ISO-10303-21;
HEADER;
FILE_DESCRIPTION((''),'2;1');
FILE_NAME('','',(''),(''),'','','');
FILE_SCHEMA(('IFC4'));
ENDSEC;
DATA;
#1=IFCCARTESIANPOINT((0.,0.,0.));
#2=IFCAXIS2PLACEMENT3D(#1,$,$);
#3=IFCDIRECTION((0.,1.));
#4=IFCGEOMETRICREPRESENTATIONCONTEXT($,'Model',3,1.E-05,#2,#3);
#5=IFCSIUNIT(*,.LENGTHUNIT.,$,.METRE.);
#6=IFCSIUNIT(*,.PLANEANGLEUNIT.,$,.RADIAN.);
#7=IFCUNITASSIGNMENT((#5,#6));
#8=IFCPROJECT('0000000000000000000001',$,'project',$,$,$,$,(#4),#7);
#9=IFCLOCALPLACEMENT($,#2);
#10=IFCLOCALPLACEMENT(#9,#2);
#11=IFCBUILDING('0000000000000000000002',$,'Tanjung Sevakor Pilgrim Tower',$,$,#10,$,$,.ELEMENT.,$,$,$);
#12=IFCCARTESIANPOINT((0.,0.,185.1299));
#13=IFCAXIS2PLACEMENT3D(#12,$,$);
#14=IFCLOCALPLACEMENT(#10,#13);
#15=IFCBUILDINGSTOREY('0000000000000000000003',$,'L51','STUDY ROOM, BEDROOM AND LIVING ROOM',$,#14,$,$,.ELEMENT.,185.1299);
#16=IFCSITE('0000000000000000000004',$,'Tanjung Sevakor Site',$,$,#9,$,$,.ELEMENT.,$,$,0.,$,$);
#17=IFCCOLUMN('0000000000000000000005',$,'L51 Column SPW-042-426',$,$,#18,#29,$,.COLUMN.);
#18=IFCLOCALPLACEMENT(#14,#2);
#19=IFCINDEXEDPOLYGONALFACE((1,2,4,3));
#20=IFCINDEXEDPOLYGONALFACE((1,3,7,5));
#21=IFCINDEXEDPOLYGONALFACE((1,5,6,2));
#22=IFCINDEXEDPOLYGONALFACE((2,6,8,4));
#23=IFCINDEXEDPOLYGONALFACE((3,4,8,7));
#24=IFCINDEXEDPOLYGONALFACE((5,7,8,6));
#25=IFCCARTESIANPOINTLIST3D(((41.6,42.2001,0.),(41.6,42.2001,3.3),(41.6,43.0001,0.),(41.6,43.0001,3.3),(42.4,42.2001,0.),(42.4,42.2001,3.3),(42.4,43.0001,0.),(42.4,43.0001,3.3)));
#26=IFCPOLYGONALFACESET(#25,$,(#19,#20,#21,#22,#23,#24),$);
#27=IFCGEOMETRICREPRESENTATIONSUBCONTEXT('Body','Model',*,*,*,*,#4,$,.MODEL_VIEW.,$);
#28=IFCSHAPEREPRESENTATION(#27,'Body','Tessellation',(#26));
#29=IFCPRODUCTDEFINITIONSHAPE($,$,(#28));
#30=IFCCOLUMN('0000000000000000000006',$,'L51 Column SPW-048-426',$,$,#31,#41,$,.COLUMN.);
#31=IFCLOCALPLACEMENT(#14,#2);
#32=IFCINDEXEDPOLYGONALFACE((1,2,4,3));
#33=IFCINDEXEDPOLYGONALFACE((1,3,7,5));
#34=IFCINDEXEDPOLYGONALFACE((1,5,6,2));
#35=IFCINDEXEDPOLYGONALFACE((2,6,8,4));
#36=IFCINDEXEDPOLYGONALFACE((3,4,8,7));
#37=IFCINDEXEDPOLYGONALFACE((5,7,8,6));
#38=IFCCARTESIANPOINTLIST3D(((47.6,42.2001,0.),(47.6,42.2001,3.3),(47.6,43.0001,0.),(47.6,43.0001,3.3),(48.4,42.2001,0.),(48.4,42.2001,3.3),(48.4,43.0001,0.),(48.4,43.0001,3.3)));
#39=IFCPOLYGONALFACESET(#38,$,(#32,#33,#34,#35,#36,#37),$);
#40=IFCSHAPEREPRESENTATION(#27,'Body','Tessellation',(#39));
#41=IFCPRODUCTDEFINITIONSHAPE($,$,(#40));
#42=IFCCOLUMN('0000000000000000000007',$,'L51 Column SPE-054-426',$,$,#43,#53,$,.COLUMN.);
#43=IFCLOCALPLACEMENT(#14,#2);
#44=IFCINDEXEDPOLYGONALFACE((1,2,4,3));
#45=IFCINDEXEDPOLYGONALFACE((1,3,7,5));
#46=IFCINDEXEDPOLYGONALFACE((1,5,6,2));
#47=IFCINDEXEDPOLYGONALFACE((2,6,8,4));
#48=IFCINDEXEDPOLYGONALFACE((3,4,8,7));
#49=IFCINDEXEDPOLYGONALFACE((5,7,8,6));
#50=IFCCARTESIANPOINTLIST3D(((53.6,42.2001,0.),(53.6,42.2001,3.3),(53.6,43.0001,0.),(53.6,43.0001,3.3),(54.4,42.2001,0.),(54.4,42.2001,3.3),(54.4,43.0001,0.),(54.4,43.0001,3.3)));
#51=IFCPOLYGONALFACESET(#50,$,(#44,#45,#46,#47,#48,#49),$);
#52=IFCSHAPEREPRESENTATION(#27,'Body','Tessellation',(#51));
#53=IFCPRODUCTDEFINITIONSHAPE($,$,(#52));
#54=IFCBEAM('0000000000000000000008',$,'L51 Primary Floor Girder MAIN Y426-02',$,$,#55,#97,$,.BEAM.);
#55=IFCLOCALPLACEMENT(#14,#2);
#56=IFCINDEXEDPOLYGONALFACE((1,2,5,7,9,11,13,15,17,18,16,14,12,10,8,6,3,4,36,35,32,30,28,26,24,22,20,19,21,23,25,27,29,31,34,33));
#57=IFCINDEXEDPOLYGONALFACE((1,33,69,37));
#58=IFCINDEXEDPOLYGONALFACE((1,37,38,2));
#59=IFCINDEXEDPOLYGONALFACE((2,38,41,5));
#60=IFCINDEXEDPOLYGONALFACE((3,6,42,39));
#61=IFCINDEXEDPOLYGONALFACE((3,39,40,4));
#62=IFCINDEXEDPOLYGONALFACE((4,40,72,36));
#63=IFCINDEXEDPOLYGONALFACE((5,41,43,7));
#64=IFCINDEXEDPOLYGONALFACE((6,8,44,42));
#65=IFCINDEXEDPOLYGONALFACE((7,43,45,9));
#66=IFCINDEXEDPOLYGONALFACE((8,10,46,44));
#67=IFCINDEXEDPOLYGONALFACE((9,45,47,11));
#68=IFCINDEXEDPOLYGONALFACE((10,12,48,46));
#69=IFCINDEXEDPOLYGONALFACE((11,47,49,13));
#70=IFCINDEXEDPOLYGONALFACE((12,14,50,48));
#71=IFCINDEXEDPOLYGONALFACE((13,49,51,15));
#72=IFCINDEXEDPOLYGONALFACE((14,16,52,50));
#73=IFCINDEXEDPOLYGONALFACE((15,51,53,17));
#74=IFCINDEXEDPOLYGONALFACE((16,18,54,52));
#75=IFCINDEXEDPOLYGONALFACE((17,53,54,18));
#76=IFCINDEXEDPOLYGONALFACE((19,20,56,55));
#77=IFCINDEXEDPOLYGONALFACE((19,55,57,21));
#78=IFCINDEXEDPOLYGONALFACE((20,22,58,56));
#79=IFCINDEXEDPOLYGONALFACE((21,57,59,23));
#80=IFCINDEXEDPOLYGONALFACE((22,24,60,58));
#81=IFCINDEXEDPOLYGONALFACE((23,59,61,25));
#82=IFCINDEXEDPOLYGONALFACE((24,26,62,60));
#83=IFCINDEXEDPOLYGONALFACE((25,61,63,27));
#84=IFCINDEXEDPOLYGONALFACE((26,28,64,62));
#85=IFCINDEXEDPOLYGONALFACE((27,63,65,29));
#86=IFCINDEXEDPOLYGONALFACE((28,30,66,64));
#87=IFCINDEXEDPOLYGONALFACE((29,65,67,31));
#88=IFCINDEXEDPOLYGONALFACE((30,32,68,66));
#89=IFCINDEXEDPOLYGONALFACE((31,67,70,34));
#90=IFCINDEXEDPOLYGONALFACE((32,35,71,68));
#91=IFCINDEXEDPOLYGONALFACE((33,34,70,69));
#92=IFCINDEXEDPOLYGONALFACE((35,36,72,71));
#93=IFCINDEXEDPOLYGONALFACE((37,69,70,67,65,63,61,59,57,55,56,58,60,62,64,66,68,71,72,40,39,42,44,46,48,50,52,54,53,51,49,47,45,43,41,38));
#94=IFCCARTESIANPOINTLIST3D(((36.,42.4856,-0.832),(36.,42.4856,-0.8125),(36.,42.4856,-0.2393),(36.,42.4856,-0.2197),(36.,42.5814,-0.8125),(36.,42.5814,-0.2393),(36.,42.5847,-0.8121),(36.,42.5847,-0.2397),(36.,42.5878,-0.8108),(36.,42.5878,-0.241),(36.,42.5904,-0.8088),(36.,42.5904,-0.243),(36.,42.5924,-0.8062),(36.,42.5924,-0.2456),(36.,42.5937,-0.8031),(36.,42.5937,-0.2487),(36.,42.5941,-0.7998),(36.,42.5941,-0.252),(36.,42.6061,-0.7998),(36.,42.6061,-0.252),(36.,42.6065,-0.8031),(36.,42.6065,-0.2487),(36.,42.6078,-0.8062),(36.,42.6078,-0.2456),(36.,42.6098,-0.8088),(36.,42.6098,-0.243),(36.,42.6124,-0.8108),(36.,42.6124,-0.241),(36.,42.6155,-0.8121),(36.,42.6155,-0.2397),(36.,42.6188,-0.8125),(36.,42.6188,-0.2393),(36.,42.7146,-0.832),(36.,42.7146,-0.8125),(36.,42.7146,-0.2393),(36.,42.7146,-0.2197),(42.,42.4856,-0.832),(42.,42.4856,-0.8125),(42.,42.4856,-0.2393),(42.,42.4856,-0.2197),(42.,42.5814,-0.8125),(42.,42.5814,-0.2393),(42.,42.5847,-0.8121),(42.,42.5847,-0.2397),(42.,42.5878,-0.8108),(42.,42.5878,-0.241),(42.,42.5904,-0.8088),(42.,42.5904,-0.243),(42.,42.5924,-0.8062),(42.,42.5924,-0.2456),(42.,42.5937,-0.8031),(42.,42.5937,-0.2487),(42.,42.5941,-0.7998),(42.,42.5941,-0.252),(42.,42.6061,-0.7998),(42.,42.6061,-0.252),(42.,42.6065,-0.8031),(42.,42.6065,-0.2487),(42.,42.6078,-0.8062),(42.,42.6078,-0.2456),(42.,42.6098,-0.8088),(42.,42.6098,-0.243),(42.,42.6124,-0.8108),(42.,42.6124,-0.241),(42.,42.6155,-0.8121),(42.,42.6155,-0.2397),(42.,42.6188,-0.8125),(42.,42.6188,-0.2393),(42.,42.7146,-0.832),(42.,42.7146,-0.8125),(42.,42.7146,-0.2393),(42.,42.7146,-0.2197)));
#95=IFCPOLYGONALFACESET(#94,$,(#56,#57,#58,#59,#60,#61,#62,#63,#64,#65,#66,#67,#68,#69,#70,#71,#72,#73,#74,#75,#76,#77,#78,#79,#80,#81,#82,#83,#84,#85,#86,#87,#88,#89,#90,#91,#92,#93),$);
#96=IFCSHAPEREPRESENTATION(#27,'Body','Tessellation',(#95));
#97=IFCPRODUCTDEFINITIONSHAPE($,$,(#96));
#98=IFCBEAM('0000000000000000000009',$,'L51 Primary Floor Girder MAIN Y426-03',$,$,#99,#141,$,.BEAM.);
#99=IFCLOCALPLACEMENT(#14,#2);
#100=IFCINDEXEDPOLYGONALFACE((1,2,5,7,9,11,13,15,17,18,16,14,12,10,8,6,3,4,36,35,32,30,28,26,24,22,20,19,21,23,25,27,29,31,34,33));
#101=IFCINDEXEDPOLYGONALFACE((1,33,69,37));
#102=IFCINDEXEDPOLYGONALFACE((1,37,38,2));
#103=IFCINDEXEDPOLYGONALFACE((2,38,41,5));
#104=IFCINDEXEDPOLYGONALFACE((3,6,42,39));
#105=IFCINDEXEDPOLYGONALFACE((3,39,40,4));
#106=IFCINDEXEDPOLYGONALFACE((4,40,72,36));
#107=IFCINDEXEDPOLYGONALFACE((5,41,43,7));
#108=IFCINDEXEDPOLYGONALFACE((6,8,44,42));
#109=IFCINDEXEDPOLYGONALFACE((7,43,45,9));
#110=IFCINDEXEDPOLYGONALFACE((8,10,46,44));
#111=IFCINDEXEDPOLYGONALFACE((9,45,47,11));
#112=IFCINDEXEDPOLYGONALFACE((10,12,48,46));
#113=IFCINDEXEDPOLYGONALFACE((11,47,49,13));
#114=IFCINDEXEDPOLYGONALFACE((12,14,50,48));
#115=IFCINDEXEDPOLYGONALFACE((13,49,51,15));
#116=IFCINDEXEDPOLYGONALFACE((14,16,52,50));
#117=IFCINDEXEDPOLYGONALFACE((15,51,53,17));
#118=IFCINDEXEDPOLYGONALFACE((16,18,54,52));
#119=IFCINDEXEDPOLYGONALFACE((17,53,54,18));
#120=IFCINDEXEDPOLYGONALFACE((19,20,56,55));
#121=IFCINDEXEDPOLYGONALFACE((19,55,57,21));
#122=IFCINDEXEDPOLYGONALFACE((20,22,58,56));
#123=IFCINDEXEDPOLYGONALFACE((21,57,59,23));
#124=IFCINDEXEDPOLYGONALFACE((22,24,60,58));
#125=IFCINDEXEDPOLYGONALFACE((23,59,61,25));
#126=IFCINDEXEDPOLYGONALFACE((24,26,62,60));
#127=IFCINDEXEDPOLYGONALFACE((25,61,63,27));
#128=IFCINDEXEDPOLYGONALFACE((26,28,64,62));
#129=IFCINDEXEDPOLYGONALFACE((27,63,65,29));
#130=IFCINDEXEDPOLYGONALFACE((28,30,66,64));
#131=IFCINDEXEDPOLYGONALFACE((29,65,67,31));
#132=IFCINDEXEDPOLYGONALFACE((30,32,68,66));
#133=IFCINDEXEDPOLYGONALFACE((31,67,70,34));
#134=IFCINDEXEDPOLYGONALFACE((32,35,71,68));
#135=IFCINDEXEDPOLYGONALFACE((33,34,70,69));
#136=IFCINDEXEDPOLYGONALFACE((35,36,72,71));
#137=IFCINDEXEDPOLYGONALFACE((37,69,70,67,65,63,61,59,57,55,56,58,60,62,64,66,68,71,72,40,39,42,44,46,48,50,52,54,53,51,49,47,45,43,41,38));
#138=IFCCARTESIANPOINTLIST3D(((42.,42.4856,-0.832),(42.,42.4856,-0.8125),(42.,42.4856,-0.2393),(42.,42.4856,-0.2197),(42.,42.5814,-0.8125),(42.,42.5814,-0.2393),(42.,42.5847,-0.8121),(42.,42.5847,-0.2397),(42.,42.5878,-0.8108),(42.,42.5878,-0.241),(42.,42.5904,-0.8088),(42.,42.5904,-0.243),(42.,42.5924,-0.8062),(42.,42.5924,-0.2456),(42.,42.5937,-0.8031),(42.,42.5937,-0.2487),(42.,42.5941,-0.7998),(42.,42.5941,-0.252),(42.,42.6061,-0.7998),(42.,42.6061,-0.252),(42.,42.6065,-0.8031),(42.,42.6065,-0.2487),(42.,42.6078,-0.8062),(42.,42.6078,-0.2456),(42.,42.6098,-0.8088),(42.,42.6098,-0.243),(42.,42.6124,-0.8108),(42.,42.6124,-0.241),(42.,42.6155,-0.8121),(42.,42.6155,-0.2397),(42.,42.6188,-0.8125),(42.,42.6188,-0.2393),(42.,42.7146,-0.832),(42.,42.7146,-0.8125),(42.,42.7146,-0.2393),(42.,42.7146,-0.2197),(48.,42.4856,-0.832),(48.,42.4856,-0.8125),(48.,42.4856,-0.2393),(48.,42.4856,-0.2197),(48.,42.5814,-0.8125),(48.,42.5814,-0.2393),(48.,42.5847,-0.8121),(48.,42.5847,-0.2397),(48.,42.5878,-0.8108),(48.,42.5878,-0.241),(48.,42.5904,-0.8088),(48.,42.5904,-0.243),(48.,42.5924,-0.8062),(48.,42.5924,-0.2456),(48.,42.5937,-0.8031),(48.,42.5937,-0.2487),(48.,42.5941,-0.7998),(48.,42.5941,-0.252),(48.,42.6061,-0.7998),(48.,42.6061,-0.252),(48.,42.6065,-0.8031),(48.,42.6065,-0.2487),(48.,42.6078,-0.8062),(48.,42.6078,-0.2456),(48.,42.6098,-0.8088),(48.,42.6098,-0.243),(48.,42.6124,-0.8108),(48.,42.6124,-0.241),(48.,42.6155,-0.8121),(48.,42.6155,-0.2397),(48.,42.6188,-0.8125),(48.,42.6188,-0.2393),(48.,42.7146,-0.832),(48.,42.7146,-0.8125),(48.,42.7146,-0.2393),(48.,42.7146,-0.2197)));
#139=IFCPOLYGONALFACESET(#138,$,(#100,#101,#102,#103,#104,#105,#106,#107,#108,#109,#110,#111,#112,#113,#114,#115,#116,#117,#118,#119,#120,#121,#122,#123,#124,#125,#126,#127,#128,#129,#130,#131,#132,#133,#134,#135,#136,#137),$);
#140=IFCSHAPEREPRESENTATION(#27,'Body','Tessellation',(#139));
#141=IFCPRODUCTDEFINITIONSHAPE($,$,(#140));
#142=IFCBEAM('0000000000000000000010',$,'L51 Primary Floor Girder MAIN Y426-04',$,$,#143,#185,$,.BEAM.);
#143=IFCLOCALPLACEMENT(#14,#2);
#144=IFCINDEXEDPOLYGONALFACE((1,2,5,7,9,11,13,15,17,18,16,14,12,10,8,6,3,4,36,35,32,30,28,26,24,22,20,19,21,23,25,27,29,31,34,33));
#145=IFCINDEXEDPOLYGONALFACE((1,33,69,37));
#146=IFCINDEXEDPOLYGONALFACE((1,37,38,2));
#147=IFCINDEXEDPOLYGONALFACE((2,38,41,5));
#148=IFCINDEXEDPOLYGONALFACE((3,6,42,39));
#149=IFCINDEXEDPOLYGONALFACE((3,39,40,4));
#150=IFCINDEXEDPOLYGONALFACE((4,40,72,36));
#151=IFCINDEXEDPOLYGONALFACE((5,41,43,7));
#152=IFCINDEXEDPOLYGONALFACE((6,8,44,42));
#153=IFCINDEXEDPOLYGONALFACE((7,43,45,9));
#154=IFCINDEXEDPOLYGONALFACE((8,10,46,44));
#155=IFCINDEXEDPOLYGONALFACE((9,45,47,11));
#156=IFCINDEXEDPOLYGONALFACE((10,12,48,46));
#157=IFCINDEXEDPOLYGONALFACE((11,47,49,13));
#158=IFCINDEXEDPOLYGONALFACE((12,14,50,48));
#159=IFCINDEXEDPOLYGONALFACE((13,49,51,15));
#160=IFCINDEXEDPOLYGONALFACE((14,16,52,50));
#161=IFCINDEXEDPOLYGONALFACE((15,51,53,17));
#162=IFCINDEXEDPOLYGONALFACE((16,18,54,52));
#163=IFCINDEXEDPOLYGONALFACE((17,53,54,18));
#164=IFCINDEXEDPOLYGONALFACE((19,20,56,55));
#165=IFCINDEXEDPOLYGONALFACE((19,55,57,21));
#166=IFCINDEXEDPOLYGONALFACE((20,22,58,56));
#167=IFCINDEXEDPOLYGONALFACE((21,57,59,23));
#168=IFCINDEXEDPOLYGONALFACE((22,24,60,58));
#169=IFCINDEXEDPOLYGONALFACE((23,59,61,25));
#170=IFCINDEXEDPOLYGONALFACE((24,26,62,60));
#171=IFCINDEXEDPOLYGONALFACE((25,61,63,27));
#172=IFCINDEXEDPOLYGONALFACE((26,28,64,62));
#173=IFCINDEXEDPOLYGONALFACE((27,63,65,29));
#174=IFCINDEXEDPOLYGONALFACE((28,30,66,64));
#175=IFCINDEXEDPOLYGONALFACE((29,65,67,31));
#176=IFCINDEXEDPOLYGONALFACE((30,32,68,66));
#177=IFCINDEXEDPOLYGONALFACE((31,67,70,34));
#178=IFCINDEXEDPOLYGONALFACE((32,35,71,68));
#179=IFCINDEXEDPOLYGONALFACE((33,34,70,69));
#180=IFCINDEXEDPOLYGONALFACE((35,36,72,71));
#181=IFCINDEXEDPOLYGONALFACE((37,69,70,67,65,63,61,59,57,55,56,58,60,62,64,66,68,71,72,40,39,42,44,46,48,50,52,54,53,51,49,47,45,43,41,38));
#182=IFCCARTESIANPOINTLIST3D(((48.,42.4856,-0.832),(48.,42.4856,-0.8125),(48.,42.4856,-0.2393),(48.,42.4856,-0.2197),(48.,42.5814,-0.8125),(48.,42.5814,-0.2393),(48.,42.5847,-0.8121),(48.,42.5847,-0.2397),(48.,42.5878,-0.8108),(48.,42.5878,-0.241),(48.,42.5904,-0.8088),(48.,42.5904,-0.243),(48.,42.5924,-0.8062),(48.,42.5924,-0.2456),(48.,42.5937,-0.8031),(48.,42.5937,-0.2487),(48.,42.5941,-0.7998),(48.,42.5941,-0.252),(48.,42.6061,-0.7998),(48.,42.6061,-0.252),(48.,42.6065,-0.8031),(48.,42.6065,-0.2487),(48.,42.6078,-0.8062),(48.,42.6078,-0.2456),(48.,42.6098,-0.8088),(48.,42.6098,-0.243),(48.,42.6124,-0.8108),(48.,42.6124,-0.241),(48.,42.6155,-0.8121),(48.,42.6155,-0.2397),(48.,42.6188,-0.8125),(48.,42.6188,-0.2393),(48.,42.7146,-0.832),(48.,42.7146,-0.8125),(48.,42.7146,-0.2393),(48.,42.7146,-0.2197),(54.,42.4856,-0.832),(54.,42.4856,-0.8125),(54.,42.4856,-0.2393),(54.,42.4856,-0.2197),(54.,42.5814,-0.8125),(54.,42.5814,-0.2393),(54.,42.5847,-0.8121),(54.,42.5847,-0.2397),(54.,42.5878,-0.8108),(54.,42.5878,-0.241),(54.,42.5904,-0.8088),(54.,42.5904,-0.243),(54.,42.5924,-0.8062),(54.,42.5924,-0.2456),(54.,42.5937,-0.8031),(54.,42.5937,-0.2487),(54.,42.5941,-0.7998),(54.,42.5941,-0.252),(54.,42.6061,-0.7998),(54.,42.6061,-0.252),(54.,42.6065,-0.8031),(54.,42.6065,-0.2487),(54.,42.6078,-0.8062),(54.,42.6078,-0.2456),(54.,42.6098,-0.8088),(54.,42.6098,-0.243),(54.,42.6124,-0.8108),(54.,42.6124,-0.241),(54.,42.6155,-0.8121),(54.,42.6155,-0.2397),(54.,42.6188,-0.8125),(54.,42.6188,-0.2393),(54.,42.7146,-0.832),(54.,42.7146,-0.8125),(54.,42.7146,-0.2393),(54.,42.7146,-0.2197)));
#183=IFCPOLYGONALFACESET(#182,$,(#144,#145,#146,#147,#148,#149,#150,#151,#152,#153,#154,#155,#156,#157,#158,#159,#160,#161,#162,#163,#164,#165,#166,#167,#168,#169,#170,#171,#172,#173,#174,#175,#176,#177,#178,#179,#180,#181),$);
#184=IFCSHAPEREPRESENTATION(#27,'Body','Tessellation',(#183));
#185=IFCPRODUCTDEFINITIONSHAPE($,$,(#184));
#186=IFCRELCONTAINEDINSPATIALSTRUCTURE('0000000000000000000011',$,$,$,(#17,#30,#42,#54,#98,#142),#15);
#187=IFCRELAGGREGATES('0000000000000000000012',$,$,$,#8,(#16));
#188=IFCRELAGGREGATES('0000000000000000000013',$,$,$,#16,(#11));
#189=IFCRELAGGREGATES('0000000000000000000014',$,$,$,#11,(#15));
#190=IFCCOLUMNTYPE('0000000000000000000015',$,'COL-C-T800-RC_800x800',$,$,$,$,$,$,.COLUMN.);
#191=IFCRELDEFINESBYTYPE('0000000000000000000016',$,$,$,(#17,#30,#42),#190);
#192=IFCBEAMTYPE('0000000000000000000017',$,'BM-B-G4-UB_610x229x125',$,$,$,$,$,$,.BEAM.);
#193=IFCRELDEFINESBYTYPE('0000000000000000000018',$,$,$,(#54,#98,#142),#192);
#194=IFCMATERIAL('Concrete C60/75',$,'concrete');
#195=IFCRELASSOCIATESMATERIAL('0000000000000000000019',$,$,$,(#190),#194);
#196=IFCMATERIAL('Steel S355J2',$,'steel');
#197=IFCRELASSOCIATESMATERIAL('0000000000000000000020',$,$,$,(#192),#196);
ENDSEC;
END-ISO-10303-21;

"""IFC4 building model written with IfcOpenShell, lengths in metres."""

from ifc_helpers import new_model, si_unit, direction, frame, origin, origin_2d, place, context, subcontext, project, spatial, rectangle, i_section, extrude, material, material_profile, profile_set, type_object, element, save


model = new_model("IFC4")

# Units and contexts
model_context = context("Model", 3, precision=1e-05, world=origin(), true_north=direction((0.0, 1.0)))
body_context = subcontext(model_context, "Body", "Model", "MODEL_VIEW")
ifc_project = project(units=[si_unit("LENGTHUNIT", "METRE"), si_unit("PLANEANGLEUNIT", "RADIAN")], contexts=[model_context])

# Site, building, storey
site_placement = place(None, origin())
site = spatial("IfcSite", under=ifc_project, at=site_placement, Name="Tanjung Sevakor Site", CompositionType="ELEMENT", RefElevation=0.0)
building_placement = place(site_placement, origin())
building = spatial("IfcBuilding", under=site, at=building_placement, Name="Tanjung Sevakor Pilgrim Tower", CompositionType="ELEMENT")
storey_placement = place(building_placement, frame((0.0, 0.0, 185.1299)))
storey = spatial("IfcBuildingStorey", under=building, at=storey_placement, Name="L51", Description="STUDY ROOM, BEDROOM AND LIVING ROOM", CompositionType="ELEMENT", Elevation=185.1299)

# Columns
ifc_material_1 = material(Name="Concrete C60/75", Category="concrete")
ifc_material_profile_1 = material_profile(ifc_material_1, rectangle(XDim=0.8, YDim=0.8, at=origin_2d()))
ifc_profile_set_1 = profile_set([ifc_material_profile_1], Name="Concrete C60/75")
column_type = type_object("IfcColumnType", Name="COL-C-T800-RC_800x800", PredefinedType="COLUMN", material=ifc_profile_set_1)
for number, where, z_axis, x_axis, name in (
    (1, (42.0, 42.6001, 0.0), (0.0, 0.0, 1.0), (1.0, 0.0, 0.0), "L51 Column SPW-042-426"),
    (2, (48.0, 42.6001, 0.0), (0.0, 0.0, 1.0), (1.0, 0.0, 0.0), "L51 Column SPW-048-426"),
    (3, (54.0, 42.6001, 0.0), (0.0, 0.0, 1.0), (1.0, 0.0, 0.0), "L51 Column SPE-054-426"),
):
    element("IfcColumn", number, at=place(storey_placement, frame(where, z_axis=z_axis, x_axis=x_axis)), inside=storey, type_object=column_type, Name=name, PredefinedType="COLUMN", context=body_context, shape_type="SweptSolid", body=[
        extrude(rectangle(XDim=0.8, YDim=0.8, at=origin_2d()), origin(), (0.0, 0.0, 1.0), 3.3),
    ])

# Beams
ifc_material_2 = material(Name="Steel S355J2", Category="steel")
ifc_material_profile_2 = material_profile(ifc_material_2, i_section(OverallWidth=0.229, OverallDepth=0.6123, WebThickness=0.012, FlangeThickness=0.0195, FilletRadius=0.0127, at=origin_2d()))
ifc_profile_set_2 = profile_set([ifc_material_profile_2], Name="Steel S355J2")
beam_type_1 = type_object("IfcBeamType", Name="BM-B-G4-UB_610x229x125", PredefinedType="BEAM", material=ifc_profile_set_2)
for number, where, z_axis, x_axis, name in (
    (4, (36.0, 42.6001, -0.5259), (1.0, 0.0, 0.0), (0.0, 1.0, 0.0), "L51 Primary Floor Girder MAIN Y426-02"),
    (5, (42.0, 42.6001, -0.5259), (1.0, 0.0, 0.0), (0.0, 1.0, 0.0), "L51 Primary Floor Girder MAIN Y426-03"),
    (6, (48.0, 42.6001, -0.5259), (1.0, 0.0, 0.0), (0.0, 1.0, 0.0), "L51 Primary Floor Girder MAIN Y426-04"),
):
    element("IfcBeam", number, at=place(storey_placement, frame(where, z_axis=z_axis, x_axis=x_axis)), inside=storey, type_object=beam_type_1, Name=name, PredefinedType="BEAM", context=body_context, shape_type="SweptSolid", body=[
        extrude(i_section(OverallWidth=0.229, OverallDepth=0.6123, WebThickness=0.012, FlangeThickness=0.0195, FilletRadius=0.0127, at=origin_2d()), origin(), (0.0, 0.0, 1.0), 6.0),
    ])

save(model, "model.ifc")
